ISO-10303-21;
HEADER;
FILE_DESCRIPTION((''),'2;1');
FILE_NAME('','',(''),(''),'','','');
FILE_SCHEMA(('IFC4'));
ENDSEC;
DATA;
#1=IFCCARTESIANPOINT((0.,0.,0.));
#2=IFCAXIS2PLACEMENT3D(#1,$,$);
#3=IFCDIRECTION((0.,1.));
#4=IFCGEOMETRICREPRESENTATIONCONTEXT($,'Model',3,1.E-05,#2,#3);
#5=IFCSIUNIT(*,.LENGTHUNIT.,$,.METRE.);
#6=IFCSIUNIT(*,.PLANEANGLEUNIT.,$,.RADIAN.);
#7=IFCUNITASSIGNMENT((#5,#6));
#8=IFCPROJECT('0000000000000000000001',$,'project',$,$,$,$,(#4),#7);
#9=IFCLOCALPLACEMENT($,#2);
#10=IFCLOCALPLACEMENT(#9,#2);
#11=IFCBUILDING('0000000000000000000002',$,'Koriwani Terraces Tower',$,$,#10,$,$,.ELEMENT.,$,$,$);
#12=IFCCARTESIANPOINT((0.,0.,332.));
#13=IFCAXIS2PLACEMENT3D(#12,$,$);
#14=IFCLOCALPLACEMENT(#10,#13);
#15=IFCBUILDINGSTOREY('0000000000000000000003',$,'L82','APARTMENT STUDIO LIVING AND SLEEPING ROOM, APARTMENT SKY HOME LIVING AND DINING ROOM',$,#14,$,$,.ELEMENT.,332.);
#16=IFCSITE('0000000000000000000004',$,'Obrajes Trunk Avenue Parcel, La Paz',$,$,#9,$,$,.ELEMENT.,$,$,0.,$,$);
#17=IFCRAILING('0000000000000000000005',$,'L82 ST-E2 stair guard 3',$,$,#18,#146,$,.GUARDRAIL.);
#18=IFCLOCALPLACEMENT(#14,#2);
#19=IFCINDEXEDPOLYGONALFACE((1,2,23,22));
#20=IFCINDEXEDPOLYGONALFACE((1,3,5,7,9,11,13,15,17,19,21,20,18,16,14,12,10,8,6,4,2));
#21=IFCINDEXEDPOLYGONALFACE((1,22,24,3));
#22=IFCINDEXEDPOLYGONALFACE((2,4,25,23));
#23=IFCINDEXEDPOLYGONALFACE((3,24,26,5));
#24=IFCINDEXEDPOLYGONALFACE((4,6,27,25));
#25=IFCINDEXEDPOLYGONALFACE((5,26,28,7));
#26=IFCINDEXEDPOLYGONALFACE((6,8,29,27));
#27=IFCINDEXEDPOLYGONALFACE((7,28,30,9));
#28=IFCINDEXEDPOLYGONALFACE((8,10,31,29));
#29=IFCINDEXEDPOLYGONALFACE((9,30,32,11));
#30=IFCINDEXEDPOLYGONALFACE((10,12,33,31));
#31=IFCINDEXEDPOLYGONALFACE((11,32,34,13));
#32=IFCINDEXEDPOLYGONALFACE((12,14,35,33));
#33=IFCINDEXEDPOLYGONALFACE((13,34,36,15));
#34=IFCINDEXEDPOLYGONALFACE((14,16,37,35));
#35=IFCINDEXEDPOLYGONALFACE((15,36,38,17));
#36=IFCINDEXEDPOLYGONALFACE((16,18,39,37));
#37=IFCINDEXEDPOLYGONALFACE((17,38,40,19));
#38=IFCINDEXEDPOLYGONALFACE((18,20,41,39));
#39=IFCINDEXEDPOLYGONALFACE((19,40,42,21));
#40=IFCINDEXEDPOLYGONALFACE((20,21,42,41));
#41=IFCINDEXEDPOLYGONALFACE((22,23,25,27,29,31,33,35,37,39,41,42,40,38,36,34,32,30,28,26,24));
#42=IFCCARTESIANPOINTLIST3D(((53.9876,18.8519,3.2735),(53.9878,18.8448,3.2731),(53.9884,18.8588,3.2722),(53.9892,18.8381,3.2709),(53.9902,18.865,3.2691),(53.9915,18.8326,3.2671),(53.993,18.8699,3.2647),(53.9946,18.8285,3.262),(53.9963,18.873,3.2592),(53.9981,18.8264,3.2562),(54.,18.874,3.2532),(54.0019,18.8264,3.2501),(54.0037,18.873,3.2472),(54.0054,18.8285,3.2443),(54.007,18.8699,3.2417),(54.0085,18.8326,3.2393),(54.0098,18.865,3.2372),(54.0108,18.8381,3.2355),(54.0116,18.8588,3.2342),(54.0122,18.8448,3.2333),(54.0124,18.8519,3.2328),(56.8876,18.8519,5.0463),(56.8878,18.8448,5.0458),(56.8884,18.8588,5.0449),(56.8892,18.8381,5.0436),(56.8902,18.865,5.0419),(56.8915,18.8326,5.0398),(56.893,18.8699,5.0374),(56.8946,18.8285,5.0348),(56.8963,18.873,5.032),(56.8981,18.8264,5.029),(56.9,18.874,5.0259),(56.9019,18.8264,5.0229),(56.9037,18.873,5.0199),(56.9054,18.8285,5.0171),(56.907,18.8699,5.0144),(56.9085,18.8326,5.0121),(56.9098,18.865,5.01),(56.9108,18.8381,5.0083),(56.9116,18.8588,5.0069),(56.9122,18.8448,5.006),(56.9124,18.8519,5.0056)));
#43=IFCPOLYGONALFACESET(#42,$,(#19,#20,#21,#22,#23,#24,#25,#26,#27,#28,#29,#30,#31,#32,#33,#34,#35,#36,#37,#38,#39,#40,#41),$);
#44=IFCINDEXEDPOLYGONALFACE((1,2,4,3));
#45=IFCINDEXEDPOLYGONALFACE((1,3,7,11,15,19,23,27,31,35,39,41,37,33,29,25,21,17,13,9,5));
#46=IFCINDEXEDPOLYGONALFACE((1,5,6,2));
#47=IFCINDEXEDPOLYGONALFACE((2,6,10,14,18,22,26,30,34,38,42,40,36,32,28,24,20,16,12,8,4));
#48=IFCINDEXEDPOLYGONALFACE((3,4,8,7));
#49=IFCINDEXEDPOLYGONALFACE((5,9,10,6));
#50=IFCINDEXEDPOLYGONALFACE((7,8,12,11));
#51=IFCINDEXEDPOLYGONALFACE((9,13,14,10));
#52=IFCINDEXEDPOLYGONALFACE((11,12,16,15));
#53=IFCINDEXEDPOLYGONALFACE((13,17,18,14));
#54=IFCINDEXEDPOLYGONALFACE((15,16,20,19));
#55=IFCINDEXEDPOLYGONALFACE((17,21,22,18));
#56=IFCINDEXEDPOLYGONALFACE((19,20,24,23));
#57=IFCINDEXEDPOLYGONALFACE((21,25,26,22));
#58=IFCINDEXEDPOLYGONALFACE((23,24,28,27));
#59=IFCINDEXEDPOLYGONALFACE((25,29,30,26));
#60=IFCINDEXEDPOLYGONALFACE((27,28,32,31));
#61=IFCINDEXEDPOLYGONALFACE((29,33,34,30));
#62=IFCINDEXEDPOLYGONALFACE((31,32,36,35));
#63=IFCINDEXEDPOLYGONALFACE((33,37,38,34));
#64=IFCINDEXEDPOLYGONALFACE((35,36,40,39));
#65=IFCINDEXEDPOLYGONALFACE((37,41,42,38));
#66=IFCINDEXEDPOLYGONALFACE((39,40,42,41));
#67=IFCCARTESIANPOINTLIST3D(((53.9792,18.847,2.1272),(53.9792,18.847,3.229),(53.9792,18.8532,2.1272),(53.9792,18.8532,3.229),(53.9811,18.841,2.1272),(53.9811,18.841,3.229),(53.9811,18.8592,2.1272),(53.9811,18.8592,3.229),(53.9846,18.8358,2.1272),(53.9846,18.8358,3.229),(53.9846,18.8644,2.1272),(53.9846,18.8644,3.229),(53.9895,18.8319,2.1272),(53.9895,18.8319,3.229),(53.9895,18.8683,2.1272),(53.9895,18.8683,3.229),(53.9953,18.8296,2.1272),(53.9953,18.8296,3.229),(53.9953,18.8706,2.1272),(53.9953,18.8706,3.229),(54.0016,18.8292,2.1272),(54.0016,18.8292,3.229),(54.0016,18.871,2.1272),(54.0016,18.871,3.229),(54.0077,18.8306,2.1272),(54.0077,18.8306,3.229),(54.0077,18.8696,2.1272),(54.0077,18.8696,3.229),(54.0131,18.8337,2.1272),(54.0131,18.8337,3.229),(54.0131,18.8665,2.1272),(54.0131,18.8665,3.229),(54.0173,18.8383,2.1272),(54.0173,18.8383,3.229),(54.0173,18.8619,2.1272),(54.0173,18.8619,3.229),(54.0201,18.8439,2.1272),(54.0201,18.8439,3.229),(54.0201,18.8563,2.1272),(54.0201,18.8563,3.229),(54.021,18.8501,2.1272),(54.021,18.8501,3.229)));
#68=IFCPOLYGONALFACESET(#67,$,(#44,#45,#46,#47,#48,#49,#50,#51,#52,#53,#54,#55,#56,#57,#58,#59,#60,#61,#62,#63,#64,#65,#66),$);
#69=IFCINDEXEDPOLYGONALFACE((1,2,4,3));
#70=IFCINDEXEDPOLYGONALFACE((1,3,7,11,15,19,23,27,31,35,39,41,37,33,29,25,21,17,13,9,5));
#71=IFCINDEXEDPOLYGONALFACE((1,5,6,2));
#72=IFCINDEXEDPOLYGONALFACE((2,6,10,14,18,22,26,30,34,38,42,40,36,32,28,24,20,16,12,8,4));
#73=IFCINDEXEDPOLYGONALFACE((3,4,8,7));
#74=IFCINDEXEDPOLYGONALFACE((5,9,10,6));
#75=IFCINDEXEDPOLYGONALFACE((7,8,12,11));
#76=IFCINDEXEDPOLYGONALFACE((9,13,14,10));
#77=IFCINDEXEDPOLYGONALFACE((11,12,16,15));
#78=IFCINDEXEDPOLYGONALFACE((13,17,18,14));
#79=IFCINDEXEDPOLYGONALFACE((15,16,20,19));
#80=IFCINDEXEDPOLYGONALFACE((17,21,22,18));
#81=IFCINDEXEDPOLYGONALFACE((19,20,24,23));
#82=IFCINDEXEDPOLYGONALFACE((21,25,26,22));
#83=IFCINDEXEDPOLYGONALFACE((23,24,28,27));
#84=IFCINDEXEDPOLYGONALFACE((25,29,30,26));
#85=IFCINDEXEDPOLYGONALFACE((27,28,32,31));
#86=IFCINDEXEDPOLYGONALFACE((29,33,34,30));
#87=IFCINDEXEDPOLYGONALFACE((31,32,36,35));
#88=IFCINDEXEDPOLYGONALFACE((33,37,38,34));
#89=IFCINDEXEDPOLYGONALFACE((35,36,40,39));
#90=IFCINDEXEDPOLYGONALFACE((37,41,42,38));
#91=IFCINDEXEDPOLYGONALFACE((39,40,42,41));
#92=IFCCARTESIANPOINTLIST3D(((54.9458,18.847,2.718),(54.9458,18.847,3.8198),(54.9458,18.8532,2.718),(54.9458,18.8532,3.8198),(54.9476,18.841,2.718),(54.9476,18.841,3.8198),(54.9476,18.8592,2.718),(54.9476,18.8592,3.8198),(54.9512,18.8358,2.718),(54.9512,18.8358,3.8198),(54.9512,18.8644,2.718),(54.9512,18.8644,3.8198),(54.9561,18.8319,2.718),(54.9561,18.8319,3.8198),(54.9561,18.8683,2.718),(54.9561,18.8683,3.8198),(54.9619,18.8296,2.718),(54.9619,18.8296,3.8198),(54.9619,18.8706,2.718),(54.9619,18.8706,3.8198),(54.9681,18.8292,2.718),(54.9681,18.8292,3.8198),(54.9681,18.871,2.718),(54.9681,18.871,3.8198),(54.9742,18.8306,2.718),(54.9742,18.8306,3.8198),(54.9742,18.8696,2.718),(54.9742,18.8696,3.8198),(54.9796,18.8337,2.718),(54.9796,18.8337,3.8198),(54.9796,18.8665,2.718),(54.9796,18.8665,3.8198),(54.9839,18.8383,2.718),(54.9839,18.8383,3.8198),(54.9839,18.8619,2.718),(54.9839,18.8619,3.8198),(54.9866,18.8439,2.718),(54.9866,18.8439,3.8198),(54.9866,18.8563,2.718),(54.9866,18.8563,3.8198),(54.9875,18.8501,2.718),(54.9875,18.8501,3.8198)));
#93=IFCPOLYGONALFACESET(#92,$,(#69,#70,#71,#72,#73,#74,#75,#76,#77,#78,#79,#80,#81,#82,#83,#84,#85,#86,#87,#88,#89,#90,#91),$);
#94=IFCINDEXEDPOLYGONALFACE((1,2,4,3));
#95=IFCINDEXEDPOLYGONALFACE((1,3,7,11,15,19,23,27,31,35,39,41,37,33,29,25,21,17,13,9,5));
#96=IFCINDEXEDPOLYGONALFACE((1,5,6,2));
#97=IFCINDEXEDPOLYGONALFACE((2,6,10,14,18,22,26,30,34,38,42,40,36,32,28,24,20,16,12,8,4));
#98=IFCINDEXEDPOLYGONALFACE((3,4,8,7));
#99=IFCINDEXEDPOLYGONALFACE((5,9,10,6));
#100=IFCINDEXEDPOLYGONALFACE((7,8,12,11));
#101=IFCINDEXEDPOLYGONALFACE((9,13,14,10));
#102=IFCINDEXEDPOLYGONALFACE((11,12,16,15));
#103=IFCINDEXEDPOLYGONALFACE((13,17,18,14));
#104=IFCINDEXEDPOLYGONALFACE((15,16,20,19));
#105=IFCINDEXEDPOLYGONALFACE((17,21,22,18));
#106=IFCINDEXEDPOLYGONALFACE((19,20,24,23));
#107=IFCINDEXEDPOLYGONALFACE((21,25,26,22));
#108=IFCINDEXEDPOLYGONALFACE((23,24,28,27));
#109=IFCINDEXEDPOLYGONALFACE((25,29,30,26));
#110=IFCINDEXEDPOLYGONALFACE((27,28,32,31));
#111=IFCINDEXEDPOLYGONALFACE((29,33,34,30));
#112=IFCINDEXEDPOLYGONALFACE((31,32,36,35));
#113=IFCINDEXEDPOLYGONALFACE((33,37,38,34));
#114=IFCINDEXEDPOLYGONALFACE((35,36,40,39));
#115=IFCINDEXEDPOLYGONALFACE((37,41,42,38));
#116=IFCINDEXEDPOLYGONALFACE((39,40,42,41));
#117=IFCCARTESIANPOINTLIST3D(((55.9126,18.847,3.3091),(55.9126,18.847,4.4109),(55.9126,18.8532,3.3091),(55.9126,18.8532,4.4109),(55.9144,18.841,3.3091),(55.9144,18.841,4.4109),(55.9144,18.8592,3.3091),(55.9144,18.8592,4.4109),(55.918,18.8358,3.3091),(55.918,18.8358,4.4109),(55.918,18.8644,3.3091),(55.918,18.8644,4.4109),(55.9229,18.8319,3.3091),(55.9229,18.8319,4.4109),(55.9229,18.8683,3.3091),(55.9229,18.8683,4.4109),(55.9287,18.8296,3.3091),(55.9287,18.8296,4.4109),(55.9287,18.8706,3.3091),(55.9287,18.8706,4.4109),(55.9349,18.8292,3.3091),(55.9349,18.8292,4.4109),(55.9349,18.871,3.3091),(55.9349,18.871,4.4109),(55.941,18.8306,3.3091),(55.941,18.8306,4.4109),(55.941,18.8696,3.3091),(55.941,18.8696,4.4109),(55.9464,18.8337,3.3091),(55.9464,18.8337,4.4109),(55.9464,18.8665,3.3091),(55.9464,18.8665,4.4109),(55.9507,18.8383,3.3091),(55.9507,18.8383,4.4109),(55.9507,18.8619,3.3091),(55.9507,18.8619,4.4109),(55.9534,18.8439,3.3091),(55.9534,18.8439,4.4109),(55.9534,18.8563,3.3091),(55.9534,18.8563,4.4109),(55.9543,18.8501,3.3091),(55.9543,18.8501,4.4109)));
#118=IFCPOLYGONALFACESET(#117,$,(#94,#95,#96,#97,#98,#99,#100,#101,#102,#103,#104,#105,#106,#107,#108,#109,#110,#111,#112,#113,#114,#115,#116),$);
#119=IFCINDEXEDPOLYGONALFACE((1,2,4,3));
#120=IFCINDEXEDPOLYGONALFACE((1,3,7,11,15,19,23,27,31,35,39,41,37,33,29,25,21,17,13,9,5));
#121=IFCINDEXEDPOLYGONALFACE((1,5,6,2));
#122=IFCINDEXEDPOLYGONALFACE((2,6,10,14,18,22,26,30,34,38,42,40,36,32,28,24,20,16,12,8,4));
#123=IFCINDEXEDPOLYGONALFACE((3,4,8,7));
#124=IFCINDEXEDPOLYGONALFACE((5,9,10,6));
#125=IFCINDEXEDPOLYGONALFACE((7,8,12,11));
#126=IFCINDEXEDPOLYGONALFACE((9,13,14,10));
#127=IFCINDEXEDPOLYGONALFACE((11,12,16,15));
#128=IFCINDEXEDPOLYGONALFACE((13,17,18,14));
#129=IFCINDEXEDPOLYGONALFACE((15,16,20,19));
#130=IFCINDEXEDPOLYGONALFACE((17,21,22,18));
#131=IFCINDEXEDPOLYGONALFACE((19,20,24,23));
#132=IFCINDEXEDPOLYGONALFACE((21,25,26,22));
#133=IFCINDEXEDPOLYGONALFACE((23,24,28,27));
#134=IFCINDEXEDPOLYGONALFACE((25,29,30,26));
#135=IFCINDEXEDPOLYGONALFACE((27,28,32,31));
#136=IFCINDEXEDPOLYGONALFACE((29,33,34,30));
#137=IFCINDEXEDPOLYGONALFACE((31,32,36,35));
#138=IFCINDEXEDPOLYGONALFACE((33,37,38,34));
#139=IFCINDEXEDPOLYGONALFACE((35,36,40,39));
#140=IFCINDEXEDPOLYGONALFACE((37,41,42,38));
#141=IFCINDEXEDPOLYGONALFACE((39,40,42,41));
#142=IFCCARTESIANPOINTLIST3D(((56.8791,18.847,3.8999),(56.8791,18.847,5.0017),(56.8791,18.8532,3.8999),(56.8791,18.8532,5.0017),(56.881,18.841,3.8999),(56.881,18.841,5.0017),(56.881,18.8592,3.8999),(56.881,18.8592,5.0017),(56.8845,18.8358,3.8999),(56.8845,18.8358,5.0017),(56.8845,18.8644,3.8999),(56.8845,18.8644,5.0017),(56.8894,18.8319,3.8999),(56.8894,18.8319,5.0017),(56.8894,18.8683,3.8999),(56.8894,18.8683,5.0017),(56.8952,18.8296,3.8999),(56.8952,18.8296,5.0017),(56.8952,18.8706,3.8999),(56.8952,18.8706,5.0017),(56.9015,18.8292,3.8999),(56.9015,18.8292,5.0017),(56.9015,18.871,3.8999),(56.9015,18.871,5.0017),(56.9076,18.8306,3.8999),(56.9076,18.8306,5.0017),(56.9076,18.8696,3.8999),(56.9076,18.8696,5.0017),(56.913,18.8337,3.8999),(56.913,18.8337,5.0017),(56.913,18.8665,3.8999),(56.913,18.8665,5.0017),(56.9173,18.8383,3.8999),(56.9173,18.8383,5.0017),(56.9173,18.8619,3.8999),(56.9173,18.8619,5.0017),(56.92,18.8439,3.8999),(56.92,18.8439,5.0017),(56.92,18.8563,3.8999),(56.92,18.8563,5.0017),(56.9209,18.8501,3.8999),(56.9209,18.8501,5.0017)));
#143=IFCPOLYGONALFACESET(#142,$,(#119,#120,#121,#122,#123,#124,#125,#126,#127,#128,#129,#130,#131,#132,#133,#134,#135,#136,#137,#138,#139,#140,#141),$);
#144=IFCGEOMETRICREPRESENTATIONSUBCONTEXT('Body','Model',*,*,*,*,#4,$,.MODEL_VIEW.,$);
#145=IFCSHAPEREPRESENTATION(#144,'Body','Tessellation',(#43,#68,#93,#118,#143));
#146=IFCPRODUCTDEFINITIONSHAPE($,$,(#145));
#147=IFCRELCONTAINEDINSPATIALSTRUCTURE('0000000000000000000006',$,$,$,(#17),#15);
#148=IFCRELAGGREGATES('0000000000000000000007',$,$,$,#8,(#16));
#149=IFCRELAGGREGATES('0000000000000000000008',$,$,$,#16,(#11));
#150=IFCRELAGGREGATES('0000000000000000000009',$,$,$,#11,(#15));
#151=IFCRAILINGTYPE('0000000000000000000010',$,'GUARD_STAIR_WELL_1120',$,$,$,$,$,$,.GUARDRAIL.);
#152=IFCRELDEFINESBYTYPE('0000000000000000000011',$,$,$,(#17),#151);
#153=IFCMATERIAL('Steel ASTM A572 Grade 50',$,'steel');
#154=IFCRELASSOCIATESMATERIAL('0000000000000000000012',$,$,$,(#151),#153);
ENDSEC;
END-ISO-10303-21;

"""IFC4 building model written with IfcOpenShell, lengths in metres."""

from ifc_helpers import new_model, si_unit, direction, frame, origin, origin_2d, place, context, subcontext, project, spatial, circle, extrude, material, type_object, element, save


model = new_model("IFC4")

# Units and contexts
model_context = context("Model", 3, precision=1e-05, world=origin(), true_north=direction((0.0, 1.0)))
body_context = subcontext(model_context, "Body", "Model", "MODEL_VIEW")
ifc_project = project(units=[si_unit("LENGTHUNIT", "METRE"), si_unit("PLANEANGLEUNIT", "RADIAN")], contexts=[model_context])

# Site, building, storey
site_placement = place(None, origin())
site = spatial("IfcSite", under=ifc_project, at=site_placement, Name="Obrajes Trunk Avenue Parcel, La Paz", CompositionType="ELEMENT", RefElevation=0.0)
building_placement = place(site_placement, origin())
building = spatial("IfcBuilding", under=site, at=building_placement, Name="Koriwani Terraces Tower", CompositionType="ELEMENT")
storey_placement = place(building_placement, frame((0.0, 0.0, 332.0)))
storey = spatial("IfcBuildingStorey", under=building, at=storey_placement, Name="L82", Description="APARTMENT STUDIO LIVING AND SLEEPING ROOM, APARTMENT SKY HOME LIVING AND DINING ROOM", CompositionType="ELEMENT", Elevation=332.0)

# Shared definitions
ifc_material_1 = material(Name="Steel ASTM A572 Grade 50", Category="steel")

# Railing
railing_type_1 = type_object("IfcRailingType", Name="GUARD_STAIR_WELL_1120", PredefinedType="GUARDRAIL", material=ifc_material_1)
railing_1_placement = place(storey_placement, frame((54.0, 18.8501, 2.1272)))
element("IfcRailing", 1, at=railing_1_placement, inside=storey, type_object=railing_type_1, Name="L82 ST-E2 stair guard 3", PredefinedType="GUARDRAIL", context=body_context, shape_type="SweptSolid", body=[
    extrude(circle(Radius=0.0239, at=origin_2d()), frame((0.0, 0.0, 1.126), z_axis=(0.853211, 0.0, 0.521566), x_axis=(0.0, 1.0, 0.0)), (0.0, 0.0, 1.0), 3.3989),
    extrude(circle(Radius=0.021, at=origin_2d()), origin(), (0.0, 0.0, 1.0), 1.1018),
    extrude(circle(Radius=0.021, at=origin_2d()), frame((0.9666, 0.0, 0.5908)), (0.0, 0.0, 1.0), 1.1018),
    extrude(circle(Radius=0.021, at=origin_2d()), frame((1.9333, 0.0, 1.1819)), (0.0, 0.0, 1.0), 1.1018),
    extrude(circle(Radius=0.021, at=origin_2d()), frame((2.8999, 0.0, 1.7727)), (0.0, 0.0, 1.0), 1.1018),
])

save(model, "model.ifc")
